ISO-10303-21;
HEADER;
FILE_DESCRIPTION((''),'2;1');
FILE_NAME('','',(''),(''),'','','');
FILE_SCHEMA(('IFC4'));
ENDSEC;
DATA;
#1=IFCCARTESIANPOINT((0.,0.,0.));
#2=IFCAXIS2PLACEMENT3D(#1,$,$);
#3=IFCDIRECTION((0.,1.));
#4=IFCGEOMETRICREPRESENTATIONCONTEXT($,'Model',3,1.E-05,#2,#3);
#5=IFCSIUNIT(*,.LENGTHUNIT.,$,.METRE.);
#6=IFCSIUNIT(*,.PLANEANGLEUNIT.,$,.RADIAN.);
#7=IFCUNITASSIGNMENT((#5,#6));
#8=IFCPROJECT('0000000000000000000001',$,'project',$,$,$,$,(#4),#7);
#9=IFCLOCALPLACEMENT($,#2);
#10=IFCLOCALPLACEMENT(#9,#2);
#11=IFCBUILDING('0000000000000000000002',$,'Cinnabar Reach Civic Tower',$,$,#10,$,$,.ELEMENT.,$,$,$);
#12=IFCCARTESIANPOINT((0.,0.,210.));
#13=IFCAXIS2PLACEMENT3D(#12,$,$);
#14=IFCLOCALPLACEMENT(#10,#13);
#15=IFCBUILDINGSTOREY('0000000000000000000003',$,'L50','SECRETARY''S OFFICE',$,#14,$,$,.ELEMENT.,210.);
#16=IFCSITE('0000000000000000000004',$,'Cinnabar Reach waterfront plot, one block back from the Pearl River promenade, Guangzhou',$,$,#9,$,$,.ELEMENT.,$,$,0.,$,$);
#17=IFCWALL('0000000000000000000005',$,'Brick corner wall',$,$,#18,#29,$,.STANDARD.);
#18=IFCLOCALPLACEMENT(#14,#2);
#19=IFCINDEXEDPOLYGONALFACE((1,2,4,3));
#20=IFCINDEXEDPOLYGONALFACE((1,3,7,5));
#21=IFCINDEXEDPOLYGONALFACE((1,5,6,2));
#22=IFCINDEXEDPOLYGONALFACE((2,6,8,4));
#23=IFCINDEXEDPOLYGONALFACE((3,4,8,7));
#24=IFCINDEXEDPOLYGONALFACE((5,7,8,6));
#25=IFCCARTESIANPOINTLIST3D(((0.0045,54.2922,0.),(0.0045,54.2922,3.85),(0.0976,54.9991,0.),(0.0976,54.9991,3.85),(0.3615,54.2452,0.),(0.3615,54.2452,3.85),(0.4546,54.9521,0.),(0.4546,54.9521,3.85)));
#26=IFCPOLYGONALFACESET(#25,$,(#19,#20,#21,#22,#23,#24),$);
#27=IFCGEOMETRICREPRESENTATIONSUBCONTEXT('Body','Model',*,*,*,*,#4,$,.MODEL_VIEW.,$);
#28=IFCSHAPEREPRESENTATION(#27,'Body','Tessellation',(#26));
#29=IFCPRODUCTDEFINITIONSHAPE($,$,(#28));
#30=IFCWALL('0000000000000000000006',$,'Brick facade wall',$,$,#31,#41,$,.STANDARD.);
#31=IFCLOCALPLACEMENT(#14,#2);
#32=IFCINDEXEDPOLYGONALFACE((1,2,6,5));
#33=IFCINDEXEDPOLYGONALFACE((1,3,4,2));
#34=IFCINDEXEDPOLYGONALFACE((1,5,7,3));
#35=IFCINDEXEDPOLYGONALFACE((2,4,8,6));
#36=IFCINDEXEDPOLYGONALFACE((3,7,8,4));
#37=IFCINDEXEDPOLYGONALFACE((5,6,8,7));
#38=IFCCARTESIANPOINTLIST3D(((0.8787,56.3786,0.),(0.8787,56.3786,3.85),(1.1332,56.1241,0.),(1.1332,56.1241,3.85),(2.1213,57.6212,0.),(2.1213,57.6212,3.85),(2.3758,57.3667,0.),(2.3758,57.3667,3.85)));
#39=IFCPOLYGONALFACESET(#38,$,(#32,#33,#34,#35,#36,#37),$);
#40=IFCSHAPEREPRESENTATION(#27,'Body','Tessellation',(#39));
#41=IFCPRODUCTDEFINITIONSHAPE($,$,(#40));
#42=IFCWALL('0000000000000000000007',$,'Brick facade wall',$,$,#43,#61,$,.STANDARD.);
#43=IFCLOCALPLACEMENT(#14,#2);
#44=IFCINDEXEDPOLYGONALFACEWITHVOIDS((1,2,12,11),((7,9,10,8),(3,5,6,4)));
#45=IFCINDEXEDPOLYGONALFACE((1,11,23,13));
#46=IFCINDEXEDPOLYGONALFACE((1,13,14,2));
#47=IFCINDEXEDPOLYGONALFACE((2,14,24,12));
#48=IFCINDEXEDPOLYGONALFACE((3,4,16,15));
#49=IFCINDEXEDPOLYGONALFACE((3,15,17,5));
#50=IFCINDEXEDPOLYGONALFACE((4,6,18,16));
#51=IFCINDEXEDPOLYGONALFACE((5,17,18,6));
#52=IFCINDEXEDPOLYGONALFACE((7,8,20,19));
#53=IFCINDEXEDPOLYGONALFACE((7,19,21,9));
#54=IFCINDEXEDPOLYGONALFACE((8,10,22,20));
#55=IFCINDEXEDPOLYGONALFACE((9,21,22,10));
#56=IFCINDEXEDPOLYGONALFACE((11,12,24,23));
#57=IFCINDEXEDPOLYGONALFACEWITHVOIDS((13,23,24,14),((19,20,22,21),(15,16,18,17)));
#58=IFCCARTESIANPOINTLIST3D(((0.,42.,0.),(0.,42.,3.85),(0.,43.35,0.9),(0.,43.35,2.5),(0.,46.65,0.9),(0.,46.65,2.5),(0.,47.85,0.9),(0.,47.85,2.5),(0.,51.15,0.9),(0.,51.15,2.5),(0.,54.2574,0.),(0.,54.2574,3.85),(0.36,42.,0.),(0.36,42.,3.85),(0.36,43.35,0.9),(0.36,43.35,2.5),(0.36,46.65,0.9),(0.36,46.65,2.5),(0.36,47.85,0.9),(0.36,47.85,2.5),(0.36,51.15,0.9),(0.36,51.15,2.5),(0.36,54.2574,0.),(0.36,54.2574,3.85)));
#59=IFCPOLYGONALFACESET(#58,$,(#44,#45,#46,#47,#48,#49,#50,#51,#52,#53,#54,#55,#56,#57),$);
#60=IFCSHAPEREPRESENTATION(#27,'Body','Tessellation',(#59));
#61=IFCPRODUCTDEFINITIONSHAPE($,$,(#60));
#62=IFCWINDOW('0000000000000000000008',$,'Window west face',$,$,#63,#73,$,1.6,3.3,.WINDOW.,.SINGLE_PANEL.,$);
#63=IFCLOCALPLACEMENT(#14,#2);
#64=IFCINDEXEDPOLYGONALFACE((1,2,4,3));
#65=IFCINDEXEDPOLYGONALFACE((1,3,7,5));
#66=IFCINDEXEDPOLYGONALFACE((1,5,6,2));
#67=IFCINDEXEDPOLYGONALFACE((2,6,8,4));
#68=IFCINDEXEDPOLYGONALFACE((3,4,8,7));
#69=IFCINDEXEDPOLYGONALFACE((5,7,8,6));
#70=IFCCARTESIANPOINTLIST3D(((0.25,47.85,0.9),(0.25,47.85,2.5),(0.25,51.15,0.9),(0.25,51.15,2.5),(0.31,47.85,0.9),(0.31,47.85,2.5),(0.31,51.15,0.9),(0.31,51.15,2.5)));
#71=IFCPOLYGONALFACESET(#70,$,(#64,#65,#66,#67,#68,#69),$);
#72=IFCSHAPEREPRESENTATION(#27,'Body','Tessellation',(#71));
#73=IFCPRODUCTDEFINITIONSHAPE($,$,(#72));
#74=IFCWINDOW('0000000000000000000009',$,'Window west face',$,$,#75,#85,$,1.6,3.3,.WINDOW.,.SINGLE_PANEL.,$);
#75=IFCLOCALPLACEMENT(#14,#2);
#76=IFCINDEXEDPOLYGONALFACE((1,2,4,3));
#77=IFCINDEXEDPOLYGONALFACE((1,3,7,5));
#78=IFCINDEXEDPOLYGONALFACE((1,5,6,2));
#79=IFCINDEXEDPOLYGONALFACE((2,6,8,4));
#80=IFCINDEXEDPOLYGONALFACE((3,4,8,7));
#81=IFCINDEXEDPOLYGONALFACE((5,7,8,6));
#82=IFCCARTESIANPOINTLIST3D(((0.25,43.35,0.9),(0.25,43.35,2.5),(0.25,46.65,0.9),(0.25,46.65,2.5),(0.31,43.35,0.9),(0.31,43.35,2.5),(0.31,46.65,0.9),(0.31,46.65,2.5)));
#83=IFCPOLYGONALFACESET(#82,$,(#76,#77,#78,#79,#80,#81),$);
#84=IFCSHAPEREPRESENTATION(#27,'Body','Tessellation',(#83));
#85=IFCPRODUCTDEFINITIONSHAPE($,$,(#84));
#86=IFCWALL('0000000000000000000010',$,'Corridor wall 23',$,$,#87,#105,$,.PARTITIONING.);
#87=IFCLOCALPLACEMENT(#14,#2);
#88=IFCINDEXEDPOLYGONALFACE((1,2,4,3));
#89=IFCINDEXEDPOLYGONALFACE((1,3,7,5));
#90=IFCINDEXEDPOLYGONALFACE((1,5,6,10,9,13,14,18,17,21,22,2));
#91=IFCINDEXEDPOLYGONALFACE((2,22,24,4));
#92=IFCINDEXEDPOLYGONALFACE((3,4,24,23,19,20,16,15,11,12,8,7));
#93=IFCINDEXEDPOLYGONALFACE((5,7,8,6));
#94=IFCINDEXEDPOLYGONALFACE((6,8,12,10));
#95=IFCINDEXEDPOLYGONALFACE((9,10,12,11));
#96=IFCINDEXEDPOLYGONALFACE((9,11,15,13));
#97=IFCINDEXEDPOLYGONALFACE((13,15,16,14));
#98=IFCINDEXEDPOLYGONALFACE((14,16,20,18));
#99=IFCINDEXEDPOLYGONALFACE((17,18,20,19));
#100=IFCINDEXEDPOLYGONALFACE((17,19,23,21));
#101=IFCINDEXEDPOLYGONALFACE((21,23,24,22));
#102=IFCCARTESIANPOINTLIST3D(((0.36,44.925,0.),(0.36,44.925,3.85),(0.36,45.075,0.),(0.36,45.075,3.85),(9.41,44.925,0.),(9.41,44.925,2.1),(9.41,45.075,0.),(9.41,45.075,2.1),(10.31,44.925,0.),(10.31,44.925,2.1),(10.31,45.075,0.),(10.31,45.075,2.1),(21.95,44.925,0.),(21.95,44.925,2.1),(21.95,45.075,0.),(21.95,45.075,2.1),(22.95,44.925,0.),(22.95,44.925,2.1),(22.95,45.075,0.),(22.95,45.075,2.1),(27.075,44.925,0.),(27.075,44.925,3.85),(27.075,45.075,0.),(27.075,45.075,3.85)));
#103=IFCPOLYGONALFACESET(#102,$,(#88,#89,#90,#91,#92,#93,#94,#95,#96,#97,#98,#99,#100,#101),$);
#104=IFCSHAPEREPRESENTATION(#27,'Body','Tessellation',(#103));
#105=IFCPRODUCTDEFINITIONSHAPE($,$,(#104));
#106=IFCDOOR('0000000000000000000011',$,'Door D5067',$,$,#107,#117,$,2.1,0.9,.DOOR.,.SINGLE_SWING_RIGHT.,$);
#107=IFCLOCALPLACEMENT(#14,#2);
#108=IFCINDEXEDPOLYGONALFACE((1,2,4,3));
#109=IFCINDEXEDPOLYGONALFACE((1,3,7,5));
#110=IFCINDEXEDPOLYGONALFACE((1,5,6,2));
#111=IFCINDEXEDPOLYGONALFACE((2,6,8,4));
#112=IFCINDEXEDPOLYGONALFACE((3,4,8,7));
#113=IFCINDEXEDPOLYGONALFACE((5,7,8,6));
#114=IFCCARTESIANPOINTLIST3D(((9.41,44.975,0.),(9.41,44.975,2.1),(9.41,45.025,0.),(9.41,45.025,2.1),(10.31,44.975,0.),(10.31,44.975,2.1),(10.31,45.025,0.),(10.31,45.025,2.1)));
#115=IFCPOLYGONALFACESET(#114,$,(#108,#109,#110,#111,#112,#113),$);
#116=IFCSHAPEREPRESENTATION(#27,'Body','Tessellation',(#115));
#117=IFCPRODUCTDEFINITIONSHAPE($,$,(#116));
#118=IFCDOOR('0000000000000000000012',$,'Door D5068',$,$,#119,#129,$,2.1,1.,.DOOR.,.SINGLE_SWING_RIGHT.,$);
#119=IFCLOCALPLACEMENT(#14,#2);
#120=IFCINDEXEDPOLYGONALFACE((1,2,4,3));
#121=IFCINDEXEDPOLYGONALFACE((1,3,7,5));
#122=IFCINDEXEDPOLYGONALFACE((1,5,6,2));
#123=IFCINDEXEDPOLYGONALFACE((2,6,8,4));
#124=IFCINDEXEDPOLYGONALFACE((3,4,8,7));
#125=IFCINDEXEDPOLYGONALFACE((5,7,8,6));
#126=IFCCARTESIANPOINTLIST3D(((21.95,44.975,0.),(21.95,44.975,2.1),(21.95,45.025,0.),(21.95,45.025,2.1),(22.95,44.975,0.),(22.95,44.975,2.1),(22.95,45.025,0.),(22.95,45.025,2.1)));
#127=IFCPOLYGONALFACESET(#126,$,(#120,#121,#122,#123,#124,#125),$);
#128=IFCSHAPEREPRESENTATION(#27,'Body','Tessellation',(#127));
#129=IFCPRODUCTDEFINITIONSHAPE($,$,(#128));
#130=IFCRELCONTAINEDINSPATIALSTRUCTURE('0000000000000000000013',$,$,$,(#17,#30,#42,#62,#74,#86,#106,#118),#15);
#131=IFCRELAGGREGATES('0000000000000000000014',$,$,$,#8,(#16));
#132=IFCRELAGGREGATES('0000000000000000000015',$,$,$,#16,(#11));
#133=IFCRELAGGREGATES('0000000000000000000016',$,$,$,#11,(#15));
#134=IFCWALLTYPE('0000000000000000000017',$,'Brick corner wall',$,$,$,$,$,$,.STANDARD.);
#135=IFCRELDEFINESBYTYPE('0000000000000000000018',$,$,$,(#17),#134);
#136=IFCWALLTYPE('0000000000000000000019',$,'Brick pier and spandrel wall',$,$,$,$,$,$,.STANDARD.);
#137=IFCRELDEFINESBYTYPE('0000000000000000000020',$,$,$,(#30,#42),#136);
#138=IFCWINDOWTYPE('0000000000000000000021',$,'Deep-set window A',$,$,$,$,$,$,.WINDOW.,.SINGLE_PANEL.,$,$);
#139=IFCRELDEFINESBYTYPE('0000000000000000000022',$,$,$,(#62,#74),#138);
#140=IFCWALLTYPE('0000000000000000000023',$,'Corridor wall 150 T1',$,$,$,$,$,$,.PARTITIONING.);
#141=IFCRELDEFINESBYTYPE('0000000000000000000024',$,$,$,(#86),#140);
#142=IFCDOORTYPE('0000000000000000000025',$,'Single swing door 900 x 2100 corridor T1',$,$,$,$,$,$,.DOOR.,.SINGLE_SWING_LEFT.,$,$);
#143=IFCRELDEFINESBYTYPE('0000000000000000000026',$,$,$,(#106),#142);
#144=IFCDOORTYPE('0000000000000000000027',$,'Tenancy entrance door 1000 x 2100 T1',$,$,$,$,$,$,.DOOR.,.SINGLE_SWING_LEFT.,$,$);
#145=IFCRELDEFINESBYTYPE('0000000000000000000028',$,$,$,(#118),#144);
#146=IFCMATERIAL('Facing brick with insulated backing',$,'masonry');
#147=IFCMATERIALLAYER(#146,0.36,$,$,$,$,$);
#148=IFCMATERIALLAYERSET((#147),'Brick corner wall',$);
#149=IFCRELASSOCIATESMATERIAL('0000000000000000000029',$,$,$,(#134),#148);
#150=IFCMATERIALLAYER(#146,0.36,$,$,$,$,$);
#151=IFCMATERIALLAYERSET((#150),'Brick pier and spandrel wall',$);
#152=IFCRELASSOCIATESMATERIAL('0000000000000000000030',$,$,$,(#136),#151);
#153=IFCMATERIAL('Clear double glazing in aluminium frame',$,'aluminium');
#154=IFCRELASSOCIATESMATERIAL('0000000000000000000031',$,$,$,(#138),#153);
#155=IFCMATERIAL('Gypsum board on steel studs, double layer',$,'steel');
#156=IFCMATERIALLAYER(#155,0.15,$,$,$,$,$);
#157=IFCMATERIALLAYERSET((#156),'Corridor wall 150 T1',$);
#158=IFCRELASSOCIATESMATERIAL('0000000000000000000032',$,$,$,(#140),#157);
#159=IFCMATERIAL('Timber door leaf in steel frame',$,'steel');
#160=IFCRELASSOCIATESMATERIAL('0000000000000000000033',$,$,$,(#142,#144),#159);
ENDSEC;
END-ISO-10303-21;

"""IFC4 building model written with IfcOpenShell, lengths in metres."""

from ifc_helpers import new_model, si_unit, direction, frame, frame_2d, origin, place, context, subcontext, project, spatial, rectangle, extrude, material, layer, layer_set, type_object, element, fill, save


model = new_model("IFC4")

# Units and contexts
model_context = context("Model", 3, precision=1e-05, world=origin(), true_north=direction((0.0, 1.0)))
body_context = subcontext(model_context, "Body", "Model", "MODEL_VIEW")
ifc_project = project(units=[si_unit("LENGTHUNIT", "METRE"), si_unit("PLANEANGLEUNIT", "RADIAN")], contexts=[model_context])

# Site, building, storey
site_placement = place(None, origin())
site = spatial("IfcSite", under=ifc_project, at=site_placement, Name="Cinnabar Reach waterfront plot, one block back from the Pearl River promenade, Guangzhou", CompositionType="ELEMENT", RefElevation=0.0)
building_placement = place(site_placement, origin())
building = spatial("IfcBuilding", under=site, at=building_placement, Name="Cinnabar Reach Civic Tower", CompositionType="ELEMENT")
storey_placement = place(building_placement, frame((0.0, 0.0, 210.0)))
storey = spatial("IfcBuildingStorey", under=building, at=storey_placement, Name="L50", Description="SECRETARY'S OFFICE", CompositionType="ELEMENT", Elevation=210.0)

# Walls
ifc_material_1 = material(Name="Facing brick with insulated backing", Category="masonry")
ifc_layer_1 = layer(ifc_material_1, 0.36)
ifc_layer_set_1 = layer_set([ifc_layer_1], Name="Brick corner wall")
wall_type_1 = type_object("IfcWallType", Name="Brick corner wall", PredefinedType="STANDARD", material=ifc_layer_set_1)
for number, where, z_axis, x_axis, name in (
    (1, (0.2761, 54.9756, 0.0), (0.0, 0.0, 1.0), (-0.130556, -0.991441, 0.0), "Brick corner wall"),
):
    element("IfcWall", number, at=place(storey_placement, frame(where, z_axis=z_axis, x_axis=x_axis)), inside=storey, type_object=wall_type_1, Name=name, PredefinedType="STANDARD", context=body_context, shape_type="SweptSolid", body=[
        extrude(rectangle(XDim=0.7131, YDim=0.36, at=frame_2d((0.3565, 0.0))), origin(), (0.0, 0.0, 1.0), 3.85),
    ])
ifc_layer_2 = layer(ifc_material_1, 0.36)
ifc_layer_set_2 = layer_set([ifc_layer_2], Name="Brick pier and spandrel wall")
wall_type_2 = type_object("IfcWallType", Name="Brick pier and spandrel wall", PredefinedType="STANDARD", material=ifc_layer_set_2)
wall_1_placement = place(storey_placement, frame((2.2486, 57.494, 0.0), z_axis=(0.0, 0.0, 1.0), x_axis=(-0.707107, -0.707107, 0.0)))
element("IfcWall", 2, at=wall_1_placement, inside=storey, type_object=wall_type_2, Name="Brick facade wall", PredefinedType="STANDARD", context=body_context, shape_type="SweptSolid", body=[
    extrude(rectangle(XDim=1.7573, YDim=0.36, at=frame_2d((0.8787, 0.0))), origin(), (0.0, 0.0, 1.0), 3.85),
])

# Wall, openings, windows
wall_2_placement = place(storey_placement, frame((0.18, 54.2574, 0.0), z_axis=(0.0, 0.0, 1.0), x_axis=(0.0, -1.0, 0.0)))
wall_2 = element("IfcWall", 3, at=wall_2_placement, inside=storey, type_object=wall_type_2, Name="Brick facade wall", PredefinedType="STANDARD", context=body_context, shape_type="SweptSolid", body=[
    extrude(rectangle(XDim=12.2574, YDim=0.36, at=frame_2d((6.1287, 0.0))), origin(), (0.0, 0.0, 1.0), 3.85),
])
opening_1_placement = place(wall_2_placement, frame((3.1074, 0.0, 0.9)))
opening_1 = element("IfcOpeningElement", 4, at=opening_1_placement, cuts=wall_2, PredefinedType="OPENING", context=body_context, shape_type="SweptSolid", body=[
    extrude(rectangle(XDim=3.3, YDim=1.6, at=frame_2d((1.65, 0.8))), frame((0.0, 0.19, 0.0), z_axis=(0.0, -1.0, 0.0), x_axis=(1.0, 0.0, 0.0)), (0.0, 0.0, 1.0), 0.38),
])
opening_2_placement = place(wall_2_placement, frame((7.6074, 0.0, 0.9)))
opening_2 = element("IfcOpeningElement", 5, at=opening_2_placement, cuts=wall_2, PredefinedType="OPENING", context=body_context, shape_type="SweptSolid", body=[
    extrude(rectangle(XDim=3.3, YDim=1.6, at=frame_2d((1.65, 0.8))), frame((0.0, 0.19, 0.0), z_axis=(0.0, -1.0, 0.0), x_axis=(1.0, 0.0, 0.0)), (0.0, 0.0, 1.0), 0.38),
])
ifc_material_2 = material(Name="Clear double glazing in aluminium frame", Category="aluminium")
window_type = type_object("IfcWindowType", Name="Deep-set window A", PartitioningType="SINGLE_PANEL", PredefinedType="WINDOW", material=ifc_material_2)
window_1_placement = place(opening_1_placement, origin())
window_1 = element("IfcWindow", 6, at=window_1_placement, inside=storey, type_object=window_type, Name="Window west face", OverallHeight=1.6, OverallWidth=3.3, PartitioningType="SINGLE_PANEL", PredefinedType="WINDOW", context=body_context, shape_type="SweptSolid", body=[
    extrude(rectangle(XDim=3.3, YDim=1.6, at=frame_2d((1.65, 0.8))), frame((0.0, 0.13, 0.0), z_axis=(0.0, -1.0, 0.0), x_axis=(1.0, 0.0, 0.0)), (0.0, 0.0, 1.0), 0.06),
])
fill(opening_1, window_1)
window_2_placement = place(opening_2_placement, origin())
window_2 = element("IfcWindow", 7, at=window_2_placement, inside=storey, type_object=window_type, Name="Window west face", OverallHeight=1.6, OverallWidth=3.3, PartitioningType="SINGLE_PANEL", PredefinedType="WINDOW", context=body_context, shape_type="SweptSolid", body=[
    extrude(rectangle(XDim=3.3, YDim=1.6, at=frame_2d((1.65, 0.8))), frame((0.0, 0.13, 0.0), z_axis=(0.0, -1.0, 0.0), x_axis=(1.0, 0.0, 0.0)), (0.0, 0.0, 1.0), 0.06),
])
fill(opening_2, window_2)

# Wall, openings, doors
ifc_material_3 = material(Name="Gypsum board on steel studs, double layer", Category="steel")
ifc_layer_3 = layer(ifc_material_3, 0.15)
ifc_layer_set_3 = layer_set([ifc_layer_3], Name="Corridor wall 150 T1")
wall_type_3 = type_object("IfcWallType", Name="Corridor wall 150 T1", PredefinedType="PARTITIONING", material=ifc_layer_set_3)
wall_3_placement = place(storey_placement, frame((0.36, 45.0, 0.0), z_axis=(0.0, 0.0, 1.0), x_axis=(1.0, 0.0, 0.0)))
wall_3 = element("IfcWall", 8, at=wall_3_placement, inside=storey, type_object=wall_type_3, Name="Corridor wall 23", PredefinedType="PARTITIONING", context=body_context, shape_type="SweptSolid", body=[
    extrude(rectangle(XDim=26.715, YDim=0.15, at=frame_2d((13.3575, 0.0))), origin(), (0.0, 0.0, 1.0), 3.85),
])
opening_3_placement = place(wall_3_placement, frame((9.05, 0.0, 0.0)))
opening_3 = element("IfcOpeningElement", 9, at=opening_3_placement, cuts=wall_3, PredefinedType="OPENING", context=body_context, shape_type="SweptSolid", body=[
    extrude(rectangle(XDim=0.9, YDim=2.1, at=frame_2d((0.45, 1.05))), frame((0.0, 0.085, 0.0), z_axis=(0.0, -1.0, 0.0), x_axis=(1.0, 0.0, 0.0)), (0.0, 0.0, 1.0), 0.17),
])
opening_4_placement = place(wall_3_placement, frame((21.59, 0.0, 0.0)))
opening_4 = element("IfcOpeningElement", 10, at=opening_4_placement, cuts=wall_3, PredefinedType="OPENING", context=body_context, shape_type="SweptSolid", body=[
    extrude(rectangle(XDim=1.0, YDim=2.1, at=frame_2d((0.5, 1.05))), frame((0.0, 0.085, 0.0), z_axis=(0.0, -1.0, 0.0), x_axis=(1.0, 0.0, 0.0)), (0.0, 0.0, 1.0), 0.17),
])
ifc_material_4 = material(Name="Timber door leaf in steel frame", Category="steel")
door_type_1 = type_object("IfcDoorType", Name="Single swing door 900 x 2100 corridor T1", OperationType="SINGLE_SWING_LEFT", PredefinedType="DOOR", material=ifc_material_4)
door_1_placement = place(opening_3_placement, origin())
door_1 = element("IfcDoor", 11, at=door_1_placement, inside=storey, type_object=door_type_1, Name="Door D5067", OperationType="SINGLE_SWING_RIGHT", OverallHeight=2.1, OverallWidth=0.9, PredefinedType="DOOR", context=body_context, shape_type="SweptSolid", body=[
    extrude(rectangle(XDim=0.9, YDim=2.1, at=frame_2d((0.45, 1.05))), frame((0.0, 0.025, 0.0), z_axis=(0.0, -1.0, 0.0), x_axis=(1.0, 0.0, 0.0)), (0.0, 0.0, 1.0), 0.05),
])
fill(opening_3, door_1)
door_type_2 = type_object("IfcDoorType", Name="Tenancy entrance door 1000 x 2100 T1", OperationType="SINGLE_SWING_LEFT", PredefinedType="DOOR", material=ifc_material_4)
door_2_placement = place(opening_4_placement, origin())
door_2 = element("IfcDoor", 12, at=door_2_placement, inside=storey, type_object=door_type_2, Name="Door D5068", OperationType="SINGLE_SWING_RIGHT", OverallHeight=2.1, OverallWidth=1.0, PredefinedType="DOOR", context=body_context, shape_type="SweptSolid", body=[
    extrude(rectangle(XDim=1.0, YDim=2.1, at=frame_2d((0.5, 1.05))), frame((0.0, 0.025, 0.0), z_axis=(0.0, -1.0, 0.0), x_axis=(1.0, 0.0, 0.0)), (0.0, 0.0, 1.0), 0.05),
])
fill(opening_4, door_2)

save(model, "model.ifc")
